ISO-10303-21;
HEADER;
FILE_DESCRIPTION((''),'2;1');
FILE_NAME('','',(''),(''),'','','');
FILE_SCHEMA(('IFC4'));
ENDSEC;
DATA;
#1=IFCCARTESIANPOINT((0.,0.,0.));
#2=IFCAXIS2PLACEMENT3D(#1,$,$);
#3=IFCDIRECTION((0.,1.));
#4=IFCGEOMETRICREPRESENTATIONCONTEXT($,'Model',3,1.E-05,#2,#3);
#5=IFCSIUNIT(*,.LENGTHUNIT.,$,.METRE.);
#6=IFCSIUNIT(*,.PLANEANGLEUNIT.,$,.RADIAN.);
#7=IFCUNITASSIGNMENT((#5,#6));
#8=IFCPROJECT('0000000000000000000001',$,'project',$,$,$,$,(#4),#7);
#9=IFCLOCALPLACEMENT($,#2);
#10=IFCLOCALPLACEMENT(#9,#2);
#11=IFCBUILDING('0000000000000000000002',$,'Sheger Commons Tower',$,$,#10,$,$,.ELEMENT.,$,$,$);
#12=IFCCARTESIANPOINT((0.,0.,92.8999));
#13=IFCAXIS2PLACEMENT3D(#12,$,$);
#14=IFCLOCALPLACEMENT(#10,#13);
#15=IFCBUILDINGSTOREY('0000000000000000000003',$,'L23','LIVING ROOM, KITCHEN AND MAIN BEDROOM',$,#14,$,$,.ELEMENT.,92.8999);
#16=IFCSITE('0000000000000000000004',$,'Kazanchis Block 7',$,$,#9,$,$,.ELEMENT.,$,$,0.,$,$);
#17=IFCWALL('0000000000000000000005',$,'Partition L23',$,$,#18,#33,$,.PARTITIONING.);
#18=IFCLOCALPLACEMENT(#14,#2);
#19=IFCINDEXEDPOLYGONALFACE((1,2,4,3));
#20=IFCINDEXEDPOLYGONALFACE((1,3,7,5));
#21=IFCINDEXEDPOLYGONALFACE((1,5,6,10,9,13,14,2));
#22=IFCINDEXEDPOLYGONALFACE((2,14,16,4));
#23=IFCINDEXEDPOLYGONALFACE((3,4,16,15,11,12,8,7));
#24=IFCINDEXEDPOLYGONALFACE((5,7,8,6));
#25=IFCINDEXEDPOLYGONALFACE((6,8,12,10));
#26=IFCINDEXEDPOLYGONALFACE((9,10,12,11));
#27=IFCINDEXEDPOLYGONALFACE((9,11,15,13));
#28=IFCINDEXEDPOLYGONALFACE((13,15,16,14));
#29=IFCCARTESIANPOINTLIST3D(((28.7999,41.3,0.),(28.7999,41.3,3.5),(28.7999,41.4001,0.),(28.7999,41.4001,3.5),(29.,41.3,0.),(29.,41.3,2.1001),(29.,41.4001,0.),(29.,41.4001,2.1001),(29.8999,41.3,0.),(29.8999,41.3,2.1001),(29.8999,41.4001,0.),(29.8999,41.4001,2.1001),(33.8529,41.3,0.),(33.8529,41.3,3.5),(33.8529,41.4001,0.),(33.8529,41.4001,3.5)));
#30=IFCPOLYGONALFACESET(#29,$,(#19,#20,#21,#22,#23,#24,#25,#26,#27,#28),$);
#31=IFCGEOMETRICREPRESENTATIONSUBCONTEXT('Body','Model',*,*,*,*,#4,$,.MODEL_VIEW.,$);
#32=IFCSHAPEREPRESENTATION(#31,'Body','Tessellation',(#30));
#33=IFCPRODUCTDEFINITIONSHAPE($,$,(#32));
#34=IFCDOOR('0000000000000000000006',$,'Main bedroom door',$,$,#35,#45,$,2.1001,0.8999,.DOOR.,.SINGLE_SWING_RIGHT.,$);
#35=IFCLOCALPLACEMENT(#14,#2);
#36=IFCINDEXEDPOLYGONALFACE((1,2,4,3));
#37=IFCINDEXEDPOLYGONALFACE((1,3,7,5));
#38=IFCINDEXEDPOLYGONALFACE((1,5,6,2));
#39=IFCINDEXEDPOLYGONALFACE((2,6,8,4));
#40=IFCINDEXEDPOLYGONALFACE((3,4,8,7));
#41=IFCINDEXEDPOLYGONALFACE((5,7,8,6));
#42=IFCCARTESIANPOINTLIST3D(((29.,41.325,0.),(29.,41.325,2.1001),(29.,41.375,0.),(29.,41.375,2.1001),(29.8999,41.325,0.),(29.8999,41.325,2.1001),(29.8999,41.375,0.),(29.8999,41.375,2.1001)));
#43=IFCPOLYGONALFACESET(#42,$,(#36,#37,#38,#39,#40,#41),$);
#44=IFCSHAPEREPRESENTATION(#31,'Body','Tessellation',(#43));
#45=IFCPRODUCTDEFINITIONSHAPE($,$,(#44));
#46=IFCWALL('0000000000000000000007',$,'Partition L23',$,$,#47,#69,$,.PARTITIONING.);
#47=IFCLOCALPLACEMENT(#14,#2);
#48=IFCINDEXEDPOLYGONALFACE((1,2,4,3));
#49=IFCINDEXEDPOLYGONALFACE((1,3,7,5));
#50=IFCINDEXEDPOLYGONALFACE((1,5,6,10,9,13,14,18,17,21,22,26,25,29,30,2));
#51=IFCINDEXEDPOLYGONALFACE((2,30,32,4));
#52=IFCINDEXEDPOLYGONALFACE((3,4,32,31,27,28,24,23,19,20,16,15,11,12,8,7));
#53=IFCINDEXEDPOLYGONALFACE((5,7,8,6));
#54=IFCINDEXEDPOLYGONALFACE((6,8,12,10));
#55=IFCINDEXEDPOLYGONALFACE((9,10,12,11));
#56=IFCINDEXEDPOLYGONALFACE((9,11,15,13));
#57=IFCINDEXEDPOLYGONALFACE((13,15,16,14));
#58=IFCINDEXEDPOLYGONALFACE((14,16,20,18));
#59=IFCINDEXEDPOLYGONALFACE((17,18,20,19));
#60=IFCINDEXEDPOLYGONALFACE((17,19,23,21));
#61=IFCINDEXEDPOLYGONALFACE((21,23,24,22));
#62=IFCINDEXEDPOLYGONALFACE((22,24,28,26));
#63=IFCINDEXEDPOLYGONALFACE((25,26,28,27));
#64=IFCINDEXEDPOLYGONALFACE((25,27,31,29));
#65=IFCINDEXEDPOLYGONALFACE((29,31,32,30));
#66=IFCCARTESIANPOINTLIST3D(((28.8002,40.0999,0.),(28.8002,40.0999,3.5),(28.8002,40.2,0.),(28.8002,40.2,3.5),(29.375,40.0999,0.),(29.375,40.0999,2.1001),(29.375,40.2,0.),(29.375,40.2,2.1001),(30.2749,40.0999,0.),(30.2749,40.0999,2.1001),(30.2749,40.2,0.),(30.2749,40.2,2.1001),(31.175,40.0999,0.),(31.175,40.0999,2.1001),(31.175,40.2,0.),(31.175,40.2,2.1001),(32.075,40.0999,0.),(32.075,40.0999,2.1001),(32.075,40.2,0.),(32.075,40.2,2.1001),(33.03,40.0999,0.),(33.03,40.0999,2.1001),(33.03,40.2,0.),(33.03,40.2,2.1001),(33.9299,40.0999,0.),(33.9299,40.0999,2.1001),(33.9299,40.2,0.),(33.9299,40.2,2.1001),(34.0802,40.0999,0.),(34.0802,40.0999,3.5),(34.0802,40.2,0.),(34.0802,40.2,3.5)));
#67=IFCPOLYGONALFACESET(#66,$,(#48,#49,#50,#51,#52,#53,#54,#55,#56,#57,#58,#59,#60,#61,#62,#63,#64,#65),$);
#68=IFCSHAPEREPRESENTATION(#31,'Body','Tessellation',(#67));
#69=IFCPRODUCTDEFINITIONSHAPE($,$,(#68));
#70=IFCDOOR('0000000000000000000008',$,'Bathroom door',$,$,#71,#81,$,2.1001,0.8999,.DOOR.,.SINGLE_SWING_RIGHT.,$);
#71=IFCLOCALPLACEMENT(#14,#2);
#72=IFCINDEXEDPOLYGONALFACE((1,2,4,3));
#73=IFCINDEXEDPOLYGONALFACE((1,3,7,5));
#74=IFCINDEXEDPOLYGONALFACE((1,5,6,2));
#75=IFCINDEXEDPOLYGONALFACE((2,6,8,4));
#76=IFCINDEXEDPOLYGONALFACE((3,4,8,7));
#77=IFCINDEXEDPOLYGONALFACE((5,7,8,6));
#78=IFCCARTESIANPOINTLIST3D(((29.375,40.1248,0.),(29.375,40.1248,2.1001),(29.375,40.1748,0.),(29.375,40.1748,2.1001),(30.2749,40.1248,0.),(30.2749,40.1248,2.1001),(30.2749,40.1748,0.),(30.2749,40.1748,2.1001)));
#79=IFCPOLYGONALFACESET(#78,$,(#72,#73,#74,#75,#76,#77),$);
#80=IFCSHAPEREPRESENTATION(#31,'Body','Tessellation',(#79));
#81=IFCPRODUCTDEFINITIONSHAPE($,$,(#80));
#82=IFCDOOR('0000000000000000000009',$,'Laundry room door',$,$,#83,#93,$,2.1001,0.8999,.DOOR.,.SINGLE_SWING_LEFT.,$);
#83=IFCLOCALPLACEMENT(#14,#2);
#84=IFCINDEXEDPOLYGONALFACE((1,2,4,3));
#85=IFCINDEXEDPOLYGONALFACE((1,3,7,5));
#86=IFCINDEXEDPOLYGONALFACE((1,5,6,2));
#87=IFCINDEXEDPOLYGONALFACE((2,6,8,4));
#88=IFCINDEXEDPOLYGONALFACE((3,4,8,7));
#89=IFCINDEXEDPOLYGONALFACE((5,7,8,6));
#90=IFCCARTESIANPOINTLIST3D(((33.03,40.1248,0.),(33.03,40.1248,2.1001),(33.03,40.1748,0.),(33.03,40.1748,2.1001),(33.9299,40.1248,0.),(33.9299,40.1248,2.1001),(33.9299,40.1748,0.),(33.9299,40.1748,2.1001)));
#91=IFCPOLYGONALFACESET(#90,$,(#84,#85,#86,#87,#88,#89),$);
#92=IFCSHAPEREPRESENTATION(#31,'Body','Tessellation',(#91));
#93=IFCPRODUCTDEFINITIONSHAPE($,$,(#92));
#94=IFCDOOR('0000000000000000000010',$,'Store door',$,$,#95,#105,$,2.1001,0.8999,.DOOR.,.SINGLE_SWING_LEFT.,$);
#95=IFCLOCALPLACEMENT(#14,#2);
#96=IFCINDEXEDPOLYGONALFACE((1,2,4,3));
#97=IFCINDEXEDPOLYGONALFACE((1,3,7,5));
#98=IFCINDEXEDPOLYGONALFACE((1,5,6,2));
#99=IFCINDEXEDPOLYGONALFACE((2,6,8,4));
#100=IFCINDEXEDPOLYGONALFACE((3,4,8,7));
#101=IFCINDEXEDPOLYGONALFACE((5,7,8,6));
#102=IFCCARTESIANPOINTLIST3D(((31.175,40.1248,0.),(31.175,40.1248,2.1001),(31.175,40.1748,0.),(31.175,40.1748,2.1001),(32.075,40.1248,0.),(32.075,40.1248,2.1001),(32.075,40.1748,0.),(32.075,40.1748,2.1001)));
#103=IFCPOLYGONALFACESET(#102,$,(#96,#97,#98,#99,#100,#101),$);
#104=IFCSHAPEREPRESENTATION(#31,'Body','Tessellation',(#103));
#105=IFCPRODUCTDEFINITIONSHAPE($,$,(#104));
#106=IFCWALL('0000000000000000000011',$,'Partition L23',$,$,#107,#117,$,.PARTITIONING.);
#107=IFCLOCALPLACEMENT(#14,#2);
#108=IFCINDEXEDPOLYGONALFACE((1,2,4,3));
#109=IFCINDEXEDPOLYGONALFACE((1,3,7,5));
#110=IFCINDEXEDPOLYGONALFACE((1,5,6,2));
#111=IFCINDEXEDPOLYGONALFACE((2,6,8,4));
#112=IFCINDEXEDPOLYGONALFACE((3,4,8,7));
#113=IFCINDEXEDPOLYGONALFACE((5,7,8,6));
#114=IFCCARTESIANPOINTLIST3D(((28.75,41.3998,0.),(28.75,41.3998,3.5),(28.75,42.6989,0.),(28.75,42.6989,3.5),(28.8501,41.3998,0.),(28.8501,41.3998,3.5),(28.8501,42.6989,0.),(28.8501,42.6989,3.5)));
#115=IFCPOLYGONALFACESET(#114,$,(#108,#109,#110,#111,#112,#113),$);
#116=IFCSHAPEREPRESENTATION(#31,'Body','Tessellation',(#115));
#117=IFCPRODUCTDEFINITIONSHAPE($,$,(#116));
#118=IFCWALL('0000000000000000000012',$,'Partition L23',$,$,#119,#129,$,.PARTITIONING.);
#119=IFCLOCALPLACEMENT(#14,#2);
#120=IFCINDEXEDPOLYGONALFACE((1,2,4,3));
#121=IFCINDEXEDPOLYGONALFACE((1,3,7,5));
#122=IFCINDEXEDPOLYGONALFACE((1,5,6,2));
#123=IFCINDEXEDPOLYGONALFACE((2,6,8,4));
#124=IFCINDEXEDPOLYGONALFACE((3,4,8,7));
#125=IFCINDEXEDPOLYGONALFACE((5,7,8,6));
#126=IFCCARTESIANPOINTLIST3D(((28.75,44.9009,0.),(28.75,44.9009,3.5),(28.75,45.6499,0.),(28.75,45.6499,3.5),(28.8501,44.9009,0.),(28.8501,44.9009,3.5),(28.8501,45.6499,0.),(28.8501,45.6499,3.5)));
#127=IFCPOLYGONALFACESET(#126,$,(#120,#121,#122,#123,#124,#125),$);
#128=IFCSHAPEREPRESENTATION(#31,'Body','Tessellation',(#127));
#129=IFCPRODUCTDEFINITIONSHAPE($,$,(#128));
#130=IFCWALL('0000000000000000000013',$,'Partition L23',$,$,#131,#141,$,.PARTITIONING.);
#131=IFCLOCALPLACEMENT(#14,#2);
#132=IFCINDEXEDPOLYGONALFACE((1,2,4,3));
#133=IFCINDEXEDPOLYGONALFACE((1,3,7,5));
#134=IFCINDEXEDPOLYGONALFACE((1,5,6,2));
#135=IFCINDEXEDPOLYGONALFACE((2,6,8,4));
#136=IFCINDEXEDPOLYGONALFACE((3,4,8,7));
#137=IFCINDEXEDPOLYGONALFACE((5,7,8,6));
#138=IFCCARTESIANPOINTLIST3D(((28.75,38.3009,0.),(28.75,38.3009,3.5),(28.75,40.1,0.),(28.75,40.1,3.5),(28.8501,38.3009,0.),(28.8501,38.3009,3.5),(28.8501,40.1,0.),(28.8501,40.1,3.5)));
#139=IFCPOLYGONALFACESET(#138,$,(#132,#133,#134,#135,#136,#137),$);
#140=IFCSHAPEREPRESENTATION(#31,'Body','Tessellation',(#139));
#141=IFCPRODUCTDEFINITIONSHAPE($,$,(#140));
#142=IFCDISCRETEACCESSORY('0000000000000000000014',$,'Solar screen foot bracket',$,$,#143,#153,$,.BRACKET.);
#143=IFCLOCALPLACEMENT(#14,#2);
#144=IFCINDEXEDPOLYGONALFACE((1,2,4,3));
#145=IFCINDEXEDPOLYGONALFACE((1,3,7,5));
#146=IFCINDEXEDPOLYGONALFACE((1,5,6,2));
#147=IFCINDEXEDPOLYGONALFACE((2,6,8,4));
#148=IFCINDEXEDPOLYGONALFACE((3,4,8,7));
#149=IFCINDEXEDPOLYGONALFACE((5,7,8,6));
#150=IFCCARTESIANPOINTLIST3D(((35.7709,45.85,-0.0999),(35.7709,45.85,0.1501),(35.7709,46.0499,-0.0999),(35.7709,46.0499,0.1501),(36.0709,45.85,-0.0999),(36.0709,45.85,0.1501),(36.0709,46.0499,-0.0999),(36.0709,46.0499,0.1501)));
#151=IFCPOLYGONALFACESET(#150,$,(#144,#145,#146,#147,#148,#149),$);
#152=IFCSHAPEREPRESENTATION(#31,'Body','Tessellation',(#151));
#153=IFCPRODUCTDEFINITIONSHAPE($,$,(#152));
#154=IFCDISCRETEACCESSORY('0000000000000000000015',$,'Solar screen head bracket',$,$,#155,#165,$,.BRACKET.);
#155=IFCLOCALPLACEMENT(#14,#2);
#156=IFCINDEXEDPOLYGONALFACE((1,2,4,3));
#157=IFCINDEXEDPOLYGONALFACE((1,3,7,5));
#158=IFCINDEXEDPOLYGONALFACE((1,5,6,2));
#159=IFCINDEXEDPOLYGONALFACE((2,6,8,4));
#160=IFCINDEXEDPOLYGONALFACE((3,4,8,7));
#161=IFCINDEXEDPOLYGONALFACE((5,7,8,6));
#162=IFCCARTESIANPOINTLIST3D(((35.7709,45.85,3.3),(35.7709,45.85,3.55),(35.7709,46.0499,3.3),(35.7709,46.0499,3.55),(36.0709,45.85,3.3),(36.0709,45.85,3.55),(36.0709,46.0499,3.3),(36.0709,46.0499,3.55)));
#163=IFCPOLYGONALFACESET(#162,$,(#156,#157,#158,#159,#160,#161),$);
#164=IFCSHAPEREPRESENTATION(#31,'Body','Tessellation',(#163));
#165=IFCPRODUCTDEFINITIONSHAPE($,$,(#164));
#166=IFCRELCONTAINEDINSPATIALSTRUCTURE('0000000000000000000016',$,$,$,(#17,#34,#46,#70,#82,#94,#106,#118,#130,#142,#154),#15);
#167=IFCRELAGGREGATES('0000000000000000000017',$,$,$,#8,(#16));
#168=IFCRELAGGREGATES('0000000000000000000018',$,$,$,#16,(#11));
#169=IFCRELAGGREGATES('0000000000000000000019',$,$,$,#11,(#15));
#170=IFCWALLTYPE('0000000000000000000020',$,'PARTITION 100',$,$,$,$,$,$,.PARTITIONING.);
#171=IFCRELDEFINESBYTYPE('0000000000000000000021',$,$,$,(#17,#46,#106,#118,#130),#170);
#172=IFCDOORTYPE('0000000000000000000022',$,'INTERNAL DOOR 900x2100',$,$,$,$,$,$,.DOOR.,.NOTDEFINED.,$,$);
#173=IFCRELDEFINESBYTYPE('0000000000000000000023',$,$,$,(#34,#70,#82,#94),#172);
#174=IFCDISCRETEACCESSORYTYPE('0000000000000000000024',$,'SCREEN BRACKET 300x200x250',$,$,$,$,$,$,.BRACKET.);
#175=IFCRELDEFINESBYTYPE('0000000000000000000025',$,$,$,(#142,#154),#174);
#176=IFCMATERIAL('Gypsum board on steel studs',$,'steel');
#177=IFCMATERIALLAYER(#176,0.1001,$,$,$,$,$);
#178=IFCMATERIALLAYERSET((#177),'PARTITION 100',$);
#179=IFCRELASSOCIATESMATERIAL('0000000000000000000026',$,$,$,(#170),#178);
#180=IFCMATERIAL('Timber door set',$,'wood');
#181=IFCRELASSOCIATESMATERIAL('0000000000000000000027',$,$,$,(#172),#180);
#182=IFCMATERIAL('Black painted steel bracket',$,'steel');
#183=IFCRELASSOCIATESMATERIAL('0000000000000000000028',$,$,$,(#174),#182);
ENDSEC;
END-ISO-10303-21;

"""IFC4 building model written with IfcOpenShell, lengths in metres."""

from ifc_helpers import new_model, si_unit, direction, frame, frame_2d, origin, origin_2d, place, context, subcontext, project, spatial, rectangle, extrude, material, layer, layer_set, type_object, element, fill, save


model = new_model("IFC4")

# Units and contexts
model_context = context("Model", 3, precision=1e-05, world=origin(), true_north=direction((0.0, 1.0)))
body_context = subcontext(model_context, "Body", "Model", "MODEL_VIEW")
ifc_project = project(units=[si_unit("LENGTHUNIT", "METRE"), si_unit("PLANEANGLEUNIT", "RADIAN")], contexts=[model_context])

# Site, building, storey
site_placement = place(None, origin())
site = spatial("IfcSite", under=ifc_project, at=site_placement, Name="Kazanchis Block 7", CompositionType="ELEMENT", RefElevation=0.0)
building_placement = place(site_placement, origin())
building = spatial("IfcBuilding", under=site, at=building_placement, Name="Sheger Commons Tower", CompositionType="ELEMENT")
storey_placement = place(building_placement, frame((0.0, 0.0, 92.8999)))
storey = spatial("IfcBuildingStorey", under=building, at=storey_placement, Name="L23", Description="LIVING ROOM, KITCHEN AND MAIN BEDROOM", CompositionType="ELEMENT", Elevation=92.8999)

# Shared definitions
ifc_material_1 = material(Name="Gypsum board on steel studs", Category="steel")
ifc_layer_1 = layer(ifc_material_1, 0.1001)
ifc_layer_set_1 = layer_set([ifc_layer_1], Name="PARTITION 100")
wall_type_1 = type_object("IfcWallType", Name="PARTITION 100", PredefinedType="PARTITIONING", material=ifc_layer_set_1)

# Wall, opening, door
wall_1_placement = place(storey_placement, frame((28.8, 41.3501, 0.0), z_axis=(0.0, 0.0, 1.0), x_axis=(1.0, 0.0, 0.0)))
wall_1 = element("IfcWall", 1, at=wall_1_placement, inside=storey, type_object=wall_type_1, Name="Partition L23", PredefinedType="PARTITIONING", context=body_context, shape_type="SweptSolid", body=[
    extrude(rectangle(XDim=5.053, YDim=0.1001, at=frame_2d((2.5264, 0.0))), origin(), (0.0, 0.0, 1.0), 3.5),
])
opening_1_placement = place(wall_1_placement, frame((0.2, 0.0, 0.0)))
opening_1 = element("IfcOpeningElement", 2, at=opening_1_placement, cuts=wall_1, PredefinedType="OPENING", context=body_context, shape_type="SweptSolid", body=[
    extrude(rectangle(XDim=0.8999, YDim=2.1001, at=frame_2d((0.45, 1.05))), frame((0.0, 0.0601, 0.0), z_axis=(0.0, -1.0, 0.0), x_axis=(1.0, 0.0, 0.0)), (0.0, 0.0, 1.0), 0.1201),
])
ifc_material_2 = material(Name="Timber door set", Category="wood")
door_type_1 = type_object("IfcDoorType", Name="INTERNAL DOOR 900x2100", OperationType="NOTDEFINED", PredefinedType="DOOR", material=ifc_material_2)
door_1_placement = place(opening_1_placement, origin())
door_1 = element("IfcDoor", 3, at=door_1_placement, inside=storey, type_object=door_type_1, Name="Main bedroom door", OperationType="SINGLE_SWING_RIGHT", OverallHeight=2.1001, OverallWidth=0.8999, PredefinedType="DOOR", context=body_context, shape_type="SweptSolid", body=[
    extrude(rectangle(XDim=0.8999, YDim=2.1001, at=frame_2d((0.45, 1.05))), frame((0.0, 0.0249, 0.0), z_axis=(0.0, -1.0, 0.0), x_axis=(1.0, 0.0, 0.0)), (0.0, 0.0, 1.0), 0.05),
])
fill(opening_1, door_1)

# Wall, openings, doors
wall_2_placement = place(storey_placement, frame((28.8, 40.1499, 0.0), z_axis=(0.0, 0.0, 1.0), x_axis=(1.0, 0.0, 0.0)))
wall_2 = element("IfcWall", 4, at=wall_2_placement, inside=storey, type_object=wall_type_1, Name="Partition L23", PredefinedType="PARTITIONING", context=body_context, shape_type="SweptSolid", body=[
    extrude(rectangle(XDim=5.28, YDim=0.1001, at=frame_2d((2.6401, 0.0))), origin(), (0.0, 0.0, 1.0), 3.5),
])
opening_2_placement = place(wall_2_placement, frame((0.575, 0.0, 0.0)))
opening_2 = element("IfcOpeningElement", 5, at=opening_2_placement, cuts=wall_2, PredefinedType="OPENING", context=body_context, shape_type="SweptSolid", body=[
    extrude(rectangle(XDim=0.8999, YDim=2.1001, at=frame_2d((0.45, 1.05))), frame((0.0, 0.0601, 0.0), z_axis=(0.0, -1.0, 0.0), x_axis=(1.0, 0.0, 0.0)), (0.0, 0.0, 1.0), 0.1201),
])
opening_3_placement = place(wall_2_placement, frame((4.23, 0.0, 0.0)))
opening_3 = element("IfcOpeningElement", 6, at=opening_3_placement, cuts=wall_2, PredefinedType="OPENING", context=body_context, shape_type="SweptSolid", body=[
    extrude(rectangle(XDim=0.8999, YDim=2.1001, at=frame_2d((0.45, 1.05))), frame((0.0, 0.0601, 0.0), z_axis=(0.0, -1.0, 0.0), x_axis=(1.0, 0.0, 0.0)), (0.0, 0.0, 1.0), 0.1201),
])
opening_4_placement = place(wall_2_placement, frame((2.375, 0.0, 0.0)))
opening_4 = element("IfcOpeningElement", 7, at=opening_4_placement, cuts=wall_2, PredefinedType="OPENING", context=body_context, shape_type="SweptSolid", body=[
    extrude(rectangle(XDim=0.8999, YDim=2.1001, at=frame_2d((0.45, 1.05))), frame((0.0, 0.0601, 0.0), z_axis=(0.0, -1.0, 0.0), x_axis=(1.0, 0.0, 0.0)), (0.0, 0.0, 1.0), 0.1201),
])
door_2_placement = place(opening_2_placement, origin())
door_2 = element("IfcDoor", 8, at=door_2_placement, inside=storey, type_object=door_type_1, Name="Bathroom door", OperationType="SINGLE_SWING_RIGHT", OverallHeight=2.1001, OverallWidth=0.8999, PredefinedType="DOOR", context=body_context, shape_type="SweptSolid", body=[
    extrude(rectangle(XDim=0.8999, YDim=2.1001, at=frame_2d((0.45, 1.05))), frame((0.0, 0.0249, 0.0), z_axis=(0.0, -1.0, 0.0), x_axis=(1.0, 0.0, 0.0)), (0.0, 0.0, 1.0), 0.05),
])
fill(opening_2, door_2)
door_3_placement = place(opening_3_placement, origin())
door_3 = element("IfcDoor", 9, at=door_3_placement, inside=storey, type_object=door_type_1, Name="Laundry room door", OperationType="SINGLE_SWING_LEFT", OverallHeight=2.1001, OverallWidth=0.8999, PredefinedType="DOOR", context=body_context, shape_type="SweptSolid", body=[
    extrude(rectangle(XDim=0.8999, YDim=2.1001, at=frame_2d((0.45, 1.05))), frame((0.0, 0.0249, 0.0), z_axis=(0.0, -1.0, 0.0), x_axis=(1.0, 0.0, 0.0)), (0.0, 0.0, 1.0), 0.05),
])
fill(opening_3, door_3)
door_4_placement = place(opening_4_placement, origin())
door_4 = element("IfcDoor", 10, at=door_4_placement, inside=storey, type_object=door_type_1, Name="Store door", OperationType="SINGLE_SWING_LEFT", OverallHeight=2.1001, OverallWidth=0.8999, PredefinedType="DOOR", context=body_context, shape_type="SweptSolid", body=[
    extrude(rectangle(XDim=0.8999, YDim=2.1001, at=frame_2d((0.45, 1.05))), frame((0.0, 0.0249, 0.0), z_axis=(0.0, -1.0, 0.0), x_axis=(1.0, 0.0, 0.0)), (0.0, 0.0, 1.0), 0.05),
])
fill(opening_4, door_4)

# Walls
wall_3_placement = place(storey_placement, frame((28.8, 41.3999, 0.0), z_axis=(0.0, 0.0, 1.0), x_axis=(0.0, 1.0, 0.0)))
element("IfcWall", 11, at=wall_3_placement, inside=storey, type_object=wall_type_1, Name="Partition L23", PredefinedType="PARTITIONING", context=body_context, shape_type="SweptSolid", body=[
    extrude(rectangle(XDim=1.2991, YDim=0.1001, at=frame_2d((0.6494, 0.0))), origin(), (0.0, 0.0, 1.0), 3.5),
])
wall_4_placement = place(storey_placement, frame((28.8, 44.9009, 0.0), z_axis=(0.0, 0.0, 1.0), x_axis=(0.0, 1.0, 0.0)))
element("IfcWall", 12, at=wall_4_placement, inside=storey, type_object=wall_type_1, Name="Partition L23", PredefinedType="PARTITIONING", context=body_context, shape_type="SweptSolid", body=[
    extrude(rectangle(XDim=0.749, YDim=0.1001, at=frame_2d((0.3745, 0.0))), origin(), (0.0, 0.0, 1.0), 3.5),
])
wall_5_placement = place(storey_placement, frame((28.8, 38.301, 0.0), z_axis=(0.0, 0.0, 1.0), x_axis=(0.0, 1.0, 0.0)))
element("IfcWall", 13, at=wall_5_placement, inside=storey, type_object=wall_type_1, Name="Partition L23", PredefinedType="PARTITIONING", context=body_context, shape_type="SweptSolid", body=[
    extrude(rectangle(XDim=1.7991, YDim=0.1001, at=frame_2d((0.8994, 0.0))), origin(), (0.0, 0.0, 1.0), 3.5),
])

# Discrete accessories
ifc_material_3 = material(Name="Black painted steel bracket", Category="steel")
discrete_accessory_type = type_object("IfcDiscreteAccessoryType", Name="SCREEN BRACKET 300x200x250", PredefinedType="BRACKET", material=ifc_material_3)
for number, where, z_axis, x_axis, name in (
    (14, (35.9209, 45.95, -0.0999), (0.0, 0.0, 1.0), (-1.0, 0.0, 0.0), "Solar screen foot bracket"),
    (15, (35.9209, 45.95, 3.3), (0.0, 0.0, 1.0), (-1.0, 0.0, 0.0), "Solar screen head bracket"),
):
    element("IfcDiscreteAccessory", number, at=place(storey_placement, frame(where, z_axis=z_axis, x_axis=x_axis)), inside=storey, type_object=discrete_accessory_type, Name=name, PredefinedType="BRACKET", context=body_context, shape_type="SweptSolid", body=[
        extrude(rectangle(XDim=0.3, YDim=0.2, at=origin_2d()), origin(), (0.0, 0.0, 1.0), 0.25),
    ])

save(model, "model.ifc")
